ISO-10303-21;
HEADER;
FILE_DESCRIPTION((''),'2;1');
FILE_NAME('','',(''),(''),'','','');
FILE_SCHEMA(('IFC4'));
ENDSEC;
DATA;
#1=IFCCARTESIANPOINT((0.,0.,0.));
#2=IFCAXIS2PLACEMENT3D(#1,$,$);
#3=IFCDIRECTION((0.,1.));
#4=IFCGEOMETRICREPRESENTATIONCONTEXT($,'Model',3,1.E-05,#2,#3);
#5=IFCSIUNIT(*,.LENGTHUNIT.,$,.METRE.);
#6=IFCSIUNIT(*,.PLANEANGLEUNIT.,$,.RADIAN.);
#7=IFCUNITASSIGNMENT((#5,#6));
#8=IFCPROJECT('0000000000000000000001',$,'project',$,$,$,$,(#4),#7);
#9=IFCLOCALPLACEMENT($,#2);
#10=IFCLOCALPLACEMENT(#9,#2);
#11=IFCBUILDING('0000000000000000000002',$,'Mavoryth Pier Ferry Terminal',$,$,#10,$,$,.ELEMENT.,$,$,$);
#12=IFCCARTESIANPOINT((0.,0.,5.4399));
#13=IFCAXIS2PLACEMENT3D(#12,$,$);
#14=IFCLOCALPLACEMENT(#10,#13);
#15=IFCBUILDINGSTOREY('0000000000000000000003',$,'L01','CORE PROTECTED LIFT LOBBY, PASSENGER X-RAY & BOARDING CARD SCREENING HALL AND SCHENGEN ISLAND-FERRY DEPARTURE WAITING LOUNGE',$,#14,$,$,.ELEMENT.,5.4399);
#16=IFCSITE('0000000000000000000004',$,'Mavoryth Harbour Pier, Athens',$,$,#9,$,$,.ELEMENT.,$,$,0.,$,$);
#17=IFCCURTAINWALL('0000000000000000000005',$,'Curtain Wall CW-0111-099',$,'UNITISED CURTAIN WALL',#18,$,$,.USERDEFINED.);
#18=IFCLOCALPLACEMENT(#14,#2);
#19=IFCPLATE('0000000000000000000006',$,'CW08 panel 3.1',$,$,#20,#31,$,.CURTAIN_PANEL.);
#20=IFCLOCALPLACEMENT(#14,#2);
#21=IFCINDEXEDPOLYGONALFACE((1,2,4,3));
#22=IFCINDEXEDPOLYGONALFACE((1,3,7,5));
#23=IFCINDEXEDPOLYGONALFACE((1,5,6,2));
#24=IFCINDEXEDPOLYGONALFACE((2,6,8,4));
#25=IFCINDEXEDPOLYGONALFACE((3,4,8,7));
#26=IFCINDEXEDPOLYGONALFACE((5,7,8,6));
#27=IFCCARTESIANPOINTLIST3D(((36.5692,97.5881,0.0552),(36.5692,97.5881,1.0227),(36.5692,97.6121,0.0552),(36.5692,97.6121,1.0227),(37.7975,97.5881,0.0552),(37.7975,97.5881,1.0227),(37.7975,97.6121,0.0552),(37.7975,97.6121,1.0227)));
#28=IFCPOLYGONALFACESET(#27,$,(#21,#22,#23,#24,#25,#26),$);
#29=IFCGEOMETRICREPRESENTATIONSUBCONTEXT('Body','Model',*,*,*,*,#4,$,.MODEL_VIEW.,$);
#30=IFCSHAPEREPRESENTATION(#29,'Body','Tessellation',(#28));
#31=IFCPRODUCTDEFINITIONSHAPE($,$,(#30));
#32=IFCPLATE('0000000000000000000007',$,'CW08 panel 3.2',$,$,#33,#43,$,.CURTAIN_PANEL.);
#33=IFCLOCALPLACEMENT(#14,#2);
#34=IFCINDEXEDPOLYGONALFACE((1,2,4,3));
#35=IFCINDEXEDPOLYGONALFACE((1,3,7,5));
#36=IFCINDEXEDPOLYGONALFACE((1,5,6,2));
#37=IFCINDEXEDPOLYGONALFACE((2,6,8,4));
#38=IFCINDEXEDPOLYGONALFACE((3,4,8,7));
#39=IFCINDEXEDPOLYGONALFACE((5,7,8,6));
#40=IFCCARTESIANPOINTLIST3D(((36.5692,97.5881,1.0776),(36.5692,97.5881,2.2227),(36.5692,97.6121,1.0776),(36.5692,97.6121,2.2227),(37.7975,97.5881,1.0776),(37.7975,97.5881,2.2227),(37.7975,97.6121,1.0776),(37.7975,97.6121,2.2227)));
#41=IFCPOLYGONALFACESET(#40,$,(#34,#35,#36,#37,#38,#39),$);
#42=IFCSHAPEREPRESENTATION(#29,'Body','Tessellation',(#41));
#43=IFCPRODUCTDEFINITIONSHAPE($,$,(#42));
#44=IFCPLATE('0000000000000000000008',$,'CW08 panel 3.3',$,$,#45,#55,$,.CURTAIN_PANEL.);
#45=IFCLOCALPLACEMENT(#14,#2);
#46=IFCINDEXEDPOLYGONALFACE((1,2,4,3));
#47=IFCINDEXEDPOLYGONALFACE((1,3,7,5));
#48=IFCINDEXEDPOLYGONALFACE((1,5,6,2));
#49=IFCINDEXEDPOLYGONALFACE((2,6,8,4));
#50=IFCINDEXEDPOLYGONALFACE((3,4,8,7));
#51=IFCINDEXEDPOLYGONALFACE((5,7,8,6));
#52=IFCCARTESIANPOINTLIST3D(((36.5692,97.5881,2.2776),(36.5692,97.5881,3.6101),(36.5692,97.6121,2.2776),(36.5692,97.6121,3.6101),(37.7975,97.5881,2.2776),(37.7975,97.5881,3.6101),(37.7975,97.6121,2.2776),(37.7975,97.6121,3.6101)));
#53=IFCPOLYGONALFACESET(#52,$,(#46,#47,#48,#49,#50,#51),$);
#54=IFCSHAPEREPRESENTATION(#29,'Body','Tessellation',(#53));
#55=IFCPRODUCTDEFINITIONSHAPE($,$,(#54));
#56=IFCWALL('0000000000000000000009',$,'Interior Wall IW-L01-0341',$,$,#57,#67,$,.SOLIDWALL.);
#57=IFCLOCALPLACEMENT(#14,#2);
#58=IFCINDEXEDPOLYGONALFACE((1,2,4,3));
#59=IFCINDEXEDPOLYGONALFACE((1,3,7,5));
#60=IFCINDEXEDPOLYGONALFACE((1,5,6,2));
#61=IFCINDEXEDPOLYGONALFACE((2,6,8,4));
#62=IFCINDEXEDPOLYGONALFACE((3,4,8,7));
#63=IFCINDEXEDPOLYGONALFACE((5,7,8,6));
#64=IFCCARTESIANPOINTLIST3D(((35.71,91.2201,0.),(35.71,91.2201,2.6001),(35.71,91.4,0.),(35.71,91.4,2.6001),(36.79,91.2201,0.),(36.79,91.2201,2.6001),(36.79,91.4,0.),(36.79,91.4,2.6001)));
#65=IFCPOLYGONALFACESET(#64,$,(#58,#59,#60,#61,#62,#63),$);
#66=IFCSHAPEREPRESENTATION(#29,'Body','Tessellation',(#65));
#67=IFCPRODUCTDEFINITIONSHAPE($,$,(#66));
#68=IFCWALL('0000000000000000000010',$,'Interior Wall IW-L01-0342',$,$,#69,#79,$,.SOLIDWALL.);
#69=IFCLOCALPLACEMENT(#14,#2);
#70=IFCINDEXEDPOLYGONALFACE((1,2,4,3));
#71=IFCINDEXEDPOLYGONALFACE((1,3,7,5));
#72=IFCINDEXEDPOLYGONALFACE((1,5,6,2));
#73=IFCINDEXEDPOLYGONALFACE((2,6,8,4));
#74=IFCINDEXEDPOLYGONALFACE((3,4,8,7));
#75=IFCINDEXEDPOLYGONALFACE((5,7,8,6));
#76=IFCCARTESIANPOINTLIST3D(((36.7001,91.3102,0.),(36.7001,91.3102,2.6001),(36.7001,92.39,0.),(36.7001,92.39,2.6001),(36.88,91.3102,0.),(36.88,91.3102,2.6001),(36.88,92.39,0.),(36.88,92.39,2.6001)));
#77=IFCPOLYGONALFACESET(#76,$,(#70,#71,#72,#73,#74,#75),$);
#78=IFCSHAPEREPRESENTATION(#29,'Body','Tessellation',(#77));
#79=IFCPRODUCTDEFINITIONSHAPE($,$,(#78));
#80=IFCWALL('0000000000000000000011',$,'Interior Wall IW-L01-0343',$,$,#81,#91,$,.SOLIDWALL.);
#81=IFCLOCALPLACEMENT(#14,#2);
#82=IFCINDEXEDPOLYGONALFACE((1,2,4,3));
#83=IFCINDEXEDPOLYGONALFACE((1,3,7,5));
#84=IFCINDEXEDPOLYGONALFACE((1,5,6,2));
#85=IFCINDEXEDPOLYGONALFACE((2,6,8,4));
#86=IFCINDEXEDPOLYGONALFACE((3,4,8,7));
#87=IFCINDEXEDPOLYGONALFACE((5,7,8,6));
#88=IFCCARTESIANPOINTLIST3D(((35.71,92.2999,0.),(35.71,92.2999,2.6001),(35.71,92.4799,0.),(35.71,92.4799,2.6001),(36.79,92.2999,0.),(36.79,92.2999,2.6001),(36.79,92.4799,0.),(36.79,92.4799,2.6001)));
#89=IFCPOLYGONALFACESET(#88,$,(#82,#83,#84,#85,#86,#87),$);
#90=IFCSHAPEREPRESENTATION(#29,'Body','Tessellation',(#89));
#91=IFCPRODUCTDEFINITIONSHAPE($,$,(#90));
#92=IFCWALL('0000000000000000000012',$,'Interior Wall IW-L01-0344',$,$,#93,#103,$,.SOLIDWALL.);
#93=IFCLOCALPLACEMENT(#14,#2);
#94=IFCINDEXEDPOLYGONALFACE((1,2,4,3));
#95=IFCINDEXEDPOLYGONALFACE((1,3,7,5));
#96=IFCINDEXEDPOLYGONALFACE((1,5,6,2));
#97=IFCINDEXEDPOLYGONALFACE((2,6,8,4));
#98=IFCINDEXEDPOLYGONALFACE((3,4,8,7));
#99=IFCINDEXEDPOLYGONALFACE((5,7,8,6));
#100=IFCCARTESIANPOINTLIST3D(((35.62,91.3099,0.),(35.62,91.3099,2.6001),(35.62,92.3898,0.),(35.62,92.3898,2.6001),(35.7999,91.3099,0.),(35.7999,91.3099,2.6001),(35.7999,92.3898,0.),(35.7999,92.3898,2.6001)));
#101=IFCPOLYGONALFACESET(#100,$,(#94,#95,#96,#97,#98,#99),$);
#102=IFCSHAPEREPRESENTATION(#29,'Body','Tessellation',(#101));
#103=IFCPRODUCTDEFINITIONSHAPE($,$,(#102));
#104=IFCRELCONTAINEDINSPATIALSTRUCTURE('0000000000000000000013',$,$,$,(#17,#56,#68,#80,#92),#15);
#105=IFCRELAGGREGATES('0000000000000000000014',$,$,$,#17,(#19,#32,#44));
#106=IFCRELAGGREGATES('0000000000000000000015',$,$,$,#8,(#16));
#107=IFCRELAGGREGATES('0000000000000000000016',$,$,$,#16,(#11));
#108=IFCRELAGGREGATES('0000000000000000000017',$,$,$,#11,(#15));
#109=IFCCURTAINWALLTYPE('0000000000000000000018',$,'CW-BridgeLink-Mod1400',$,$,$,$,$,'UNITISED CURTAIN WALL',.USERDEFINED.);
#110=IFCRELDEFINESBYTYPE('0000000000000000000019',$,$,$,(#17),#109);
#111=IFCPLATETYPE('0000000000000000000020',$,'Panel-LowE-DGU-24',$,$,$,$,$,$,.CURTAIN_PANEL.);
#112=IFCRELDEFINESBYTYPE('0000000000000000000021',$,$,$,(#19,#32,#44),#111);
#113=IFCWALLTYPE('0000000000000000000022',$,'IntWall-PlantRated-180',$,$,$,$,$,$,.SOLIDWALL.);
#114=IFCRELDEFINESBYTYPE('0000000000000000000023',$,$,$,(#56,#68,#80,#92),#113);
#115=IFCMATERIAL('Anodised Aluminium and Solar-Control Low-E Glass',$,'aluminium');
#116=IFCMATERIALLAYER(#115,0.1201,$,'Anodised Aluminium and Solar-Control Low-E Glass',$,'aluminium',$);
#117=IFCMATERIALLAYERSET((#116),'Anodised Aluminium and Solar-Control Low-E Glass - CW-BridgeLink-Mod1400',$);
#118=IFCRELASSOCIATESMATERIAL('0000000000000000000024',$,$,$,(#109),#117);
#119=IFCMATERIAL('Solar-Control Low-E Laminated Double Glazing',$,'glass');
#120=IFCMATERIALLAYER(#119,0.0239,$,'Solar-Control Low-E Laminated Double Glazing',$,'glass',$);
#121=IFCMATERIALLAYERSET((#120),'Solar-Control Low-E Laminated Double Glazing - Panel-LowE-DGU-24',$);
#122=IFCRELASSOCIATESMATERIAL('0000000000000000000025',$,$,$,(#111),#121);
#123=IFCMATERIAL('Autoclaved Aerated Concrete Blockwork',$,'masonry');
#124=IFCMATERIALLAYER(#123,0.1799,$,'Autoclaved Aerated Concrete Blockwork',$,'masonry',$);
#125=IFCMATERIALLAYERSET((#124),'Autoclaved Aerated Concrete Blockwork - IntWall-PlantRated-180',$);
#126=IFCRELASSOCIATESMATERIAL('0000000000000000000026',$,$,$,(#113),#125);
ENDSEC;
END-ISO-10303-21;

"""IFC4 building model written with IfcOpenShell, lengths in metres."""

from ifc_helpers import new_model, si_unit, direction, frame, frame_2d, origin, origin_2d, place, context, subcontext, project, spatial, rectangle, extrude, material, layer, layer_set, type_object, element, aggregate, save


model = new_model("IFC4")

# Units and contexts
model_context = context("Model", 3, precision=1e-05, world=origin(), true_north=direction((0.0, 1.0)))
body_context = subcontext(model_context, "Body", "Model", "MODEL_VIEW")
ifc_project = project(units=[si_unit("LENGTHUNIT", "METRE"), si_unit("PLANEANGLEUNIT", "RADIAN")], contexts=[model_context])

# Site, building, storey
site_placement = place(None, origin())
site = spatial("IfcSite", under=ifc_project, at=site_placement, Name="Mavoryth Harbour Pier, Athens", CompositionType="ELEMENT", RefElevation=0.0)
building_placement = place(site_placement, origin())
building = spatial("IfcBuilding", under=site, at=building_placement, Name="Mavoryth Pier Ferry Terminal", CompositionType="ELEMENT")
storey_placement = place(building_placement, frame((0.0, 0.0, 5.4399)))
storey = spatial("IfcBuildingStorey", under=building, at=storey_placement, Name="L01", Description="CORE PROTECTED LIFT LOBBY, PASSENGER X-RAY & BOARDING CARD SCREENING HALL AND SCHENGEN ISLAND-FERRY DEPARTURE WAITING LOUNGE", CompositionType="ELEMENT", Elevation=5.4399)

# Shared definitions
ifc_material_1 = material(Name="Anodised Aluminium and Solar-Control Low-E Glass", Category="aluminium")
ifc_layer_1 = layer(ifc_material_1, 0.1201, Name="Anodised Aluminium and Solar-Control Low-E Glass", Category="aluminium")
ifc_layer_set_1 = layer_set([ifc_layer_1], Name="Anodised Aluminium and Solar-Control Low-E Glass - CW-BridgeLink-Mod1400")
curtain_wall_type = type_object("IfcCurtainWallType", Name="CW-BridgeLink-Mod1400", ElementType="UNITISED CURTAIN WALL", PredefinedType="USERDEFINED", material=ifc_layer_set_1)

# Curtain wall
curtain_wall_1_placement = place(storey_placement, origin())
curtain_wall_1 = element("IfcCurtainWall", 1, at=curtain_wall_1_placement, inside=storey, type_object=curtain_wall_type, Name="Curtain Wall CW-0111-099", ObjectType="UNITISED CURTAIN WALL", PredefinedType="USERDEFINED")

# Plates
ifc_material_2 = material(Name="Solar-Control Low-E Laminated Double Glazing", Category="glass")
ifc_layer_2 = layer(ifc_material_2, 0.0239, Name="Solar-Control Low-E Laminated Double Glazing", Category="glass")
ifc_layer_set_2 = layer_set([ifc_layer_2], Name="Solar-Control Low-E Laminated Double Glazing - Panel-LowE-DGU-24")
plate_type = type_object("IfcPlateType", Name="Panel-LowE-DGU-24", PredefinedType="CURTAIN_PANEL", material=ifc_layer_set_2)
plate_1_placement = place(storey_placement, frame((37.1833, 97.6001, 0.0552), z_axis=(0.0, 0.0, 1.0), x_axis=(1.0, 0.0, 0.0)))
plate_1 = element("IfcPlate", 2, at=plate_1_placement, type_object=plate_type, Name="CW08 panel 3.1", PredefinedType="CURTAIN_PANEL", context=body_context, shape_type="SweptSolid", body=[
    extrude(rectangle(XDim=1.2283, YDim=0.0239, at=origin_2d()), origin(), (0.0, 0.0, 1.0), 0.9675),
])
plate_2_placement = place(storey_placement, frame((37.1833, 97.6001, 1.0776), z_axis=(0.0, 0.0, 1.0), x_axis=(1.0, 0.0, 0.0)))
plate_2 = element("IfcPlate", 3, at=plate_2_placement, type_object=plate_type, Name="CW08 panel 3.2", PredefinedType="CURTAIN_PANEL", context=body_context, shape_type="SweptSolid", body=[
    extrude(rectangle(XDim=1.2283, YDim=0.0239, at=origin_2d()), origin(), (0.0, 0.0, 1.0), 1.145),
])
plate_3_placement = place(storey_placement, frame((37.1833, 97.6001, 2.2776), z_axis=(0.0, 0.0, 1.0), x_axis=(1.0, 0.0, 0.0)))
plate_3 = element("IfcPlate", 4, at=plate_3_placement, type_object=plate_type, Name="CW08 panel 3.3", PredefinedType="CURTAIN_PANEL", context=body_context, shape_type="SweptSolid", body=[
    extrude(rectangle(XDim=1.2283, YDim=0.0239, at=origin_2d()), origin(), (0.0, 0.0, 1.0), 1.3325),
])
aggregate(curtain_wall_1, [plate_1, plate_2, plate_3])

# Walls
ifc_material_3 = material(Name="Autoclaved Aerated Concrete Blockwork", Category="masonry")
ifc_layer_3 = layer(ifc_material_3, 0.1799, Name="Autoclaved Aerated Concrete Blockwork", Category="masonry")
ifc_layer_set_3 = layer_set([ifc_layer_3], Name="Autoclaved Aerated Concrete Blockwork - IntWall-PlantRated-180")
wall_type = type_object("IfcWallType", Name="IntWall-PlantRated-180", PredefinedType="SOLIDWALL", material=ifc_layer_set_3)
wall_1_placement = place(storey_placement, frame((35.71, 91.3101, 0.0), z_axis=(0.0, 0.0, 1.0), x_axis=(1.0, 0.0, 0.0)))
element("IfcWall", 5, at=wall_1_placement, inside=storey, type_object=wall_type, Name="Interior Wall IW-L01-0341", PredefinedType="SOLIDWALL", context=body_context, shape_type="SweptSolid", body=[
    extrude(rectangle(XDim=1.0801, YDim=0.1799, at=frame_2d((0.54, 0.0))), origin(), (0.0, 0.0, 1.0), 2.6001),
])
wall_2_placement = place(storey_placement, frame((36.79, 91.3101, 0.0), z_axis=(0.0, 0.0, 1.0), x_axis=(0.0, 1.0, 0.0)))
element("IfcWall", 6, at=wall_2_placement, inside=storey, type_object=wall_type, Name="Interior Wall IW-L01-0342", PredefinedType="SOLIDWALL", context=body_context, shape_type="SweptSolid", body=[
    extrude(rectangle(XDim=1.0798, YDim=0.1799, at=frame_2d((0.54, 0.0))), origin(), (0.0, 0.0, 1.0), 2.6001),
])
wall_3_placement = place(storey_placement, frame((36.79, 92.3899, 0.0), z_axis=(0.0, 0.0, 1.0), x_axis=(-1.0, 0.0, 0.0)))
element("IfcWall", 7, at=wall_3_placement, inside=storey, type_object=wall_type, Name="Interior Wall IW-L01-0343", PredefinedType="SOLIDWALL", context=body_context, shape_type="SweptSolid", body=[
    extrude(rectangle(XDim=1.0801, YDim=0.1799, at=frame_2d((0.54, 0.0))), origin(), (0.0, 0.0, 1.0), 2.6001),
])
wall_4_placement = place(storey_placement, frame((35.71, 92.3899, 0.0), z_axis=(0.0, 0.0, 1.0), x_axis=(0.0, -1.0, 0.0)))
element("IfcWall", 8, at=wall_4_placement, inside=storey, type_object=wall_type, Name="Interior Wall IW-L01-0344", PredefinedType="SOLIDWALL", context=body_context, shape_type="SweptSolid", body=[
    extrude(rectangle(XDim=1.0798, YDim=0.1799, at=frame_2d((0.54, 0.0))), origin(), (0.0, 0.0, 1.0), 2.6001),
])

save(model, "model.ifc")
